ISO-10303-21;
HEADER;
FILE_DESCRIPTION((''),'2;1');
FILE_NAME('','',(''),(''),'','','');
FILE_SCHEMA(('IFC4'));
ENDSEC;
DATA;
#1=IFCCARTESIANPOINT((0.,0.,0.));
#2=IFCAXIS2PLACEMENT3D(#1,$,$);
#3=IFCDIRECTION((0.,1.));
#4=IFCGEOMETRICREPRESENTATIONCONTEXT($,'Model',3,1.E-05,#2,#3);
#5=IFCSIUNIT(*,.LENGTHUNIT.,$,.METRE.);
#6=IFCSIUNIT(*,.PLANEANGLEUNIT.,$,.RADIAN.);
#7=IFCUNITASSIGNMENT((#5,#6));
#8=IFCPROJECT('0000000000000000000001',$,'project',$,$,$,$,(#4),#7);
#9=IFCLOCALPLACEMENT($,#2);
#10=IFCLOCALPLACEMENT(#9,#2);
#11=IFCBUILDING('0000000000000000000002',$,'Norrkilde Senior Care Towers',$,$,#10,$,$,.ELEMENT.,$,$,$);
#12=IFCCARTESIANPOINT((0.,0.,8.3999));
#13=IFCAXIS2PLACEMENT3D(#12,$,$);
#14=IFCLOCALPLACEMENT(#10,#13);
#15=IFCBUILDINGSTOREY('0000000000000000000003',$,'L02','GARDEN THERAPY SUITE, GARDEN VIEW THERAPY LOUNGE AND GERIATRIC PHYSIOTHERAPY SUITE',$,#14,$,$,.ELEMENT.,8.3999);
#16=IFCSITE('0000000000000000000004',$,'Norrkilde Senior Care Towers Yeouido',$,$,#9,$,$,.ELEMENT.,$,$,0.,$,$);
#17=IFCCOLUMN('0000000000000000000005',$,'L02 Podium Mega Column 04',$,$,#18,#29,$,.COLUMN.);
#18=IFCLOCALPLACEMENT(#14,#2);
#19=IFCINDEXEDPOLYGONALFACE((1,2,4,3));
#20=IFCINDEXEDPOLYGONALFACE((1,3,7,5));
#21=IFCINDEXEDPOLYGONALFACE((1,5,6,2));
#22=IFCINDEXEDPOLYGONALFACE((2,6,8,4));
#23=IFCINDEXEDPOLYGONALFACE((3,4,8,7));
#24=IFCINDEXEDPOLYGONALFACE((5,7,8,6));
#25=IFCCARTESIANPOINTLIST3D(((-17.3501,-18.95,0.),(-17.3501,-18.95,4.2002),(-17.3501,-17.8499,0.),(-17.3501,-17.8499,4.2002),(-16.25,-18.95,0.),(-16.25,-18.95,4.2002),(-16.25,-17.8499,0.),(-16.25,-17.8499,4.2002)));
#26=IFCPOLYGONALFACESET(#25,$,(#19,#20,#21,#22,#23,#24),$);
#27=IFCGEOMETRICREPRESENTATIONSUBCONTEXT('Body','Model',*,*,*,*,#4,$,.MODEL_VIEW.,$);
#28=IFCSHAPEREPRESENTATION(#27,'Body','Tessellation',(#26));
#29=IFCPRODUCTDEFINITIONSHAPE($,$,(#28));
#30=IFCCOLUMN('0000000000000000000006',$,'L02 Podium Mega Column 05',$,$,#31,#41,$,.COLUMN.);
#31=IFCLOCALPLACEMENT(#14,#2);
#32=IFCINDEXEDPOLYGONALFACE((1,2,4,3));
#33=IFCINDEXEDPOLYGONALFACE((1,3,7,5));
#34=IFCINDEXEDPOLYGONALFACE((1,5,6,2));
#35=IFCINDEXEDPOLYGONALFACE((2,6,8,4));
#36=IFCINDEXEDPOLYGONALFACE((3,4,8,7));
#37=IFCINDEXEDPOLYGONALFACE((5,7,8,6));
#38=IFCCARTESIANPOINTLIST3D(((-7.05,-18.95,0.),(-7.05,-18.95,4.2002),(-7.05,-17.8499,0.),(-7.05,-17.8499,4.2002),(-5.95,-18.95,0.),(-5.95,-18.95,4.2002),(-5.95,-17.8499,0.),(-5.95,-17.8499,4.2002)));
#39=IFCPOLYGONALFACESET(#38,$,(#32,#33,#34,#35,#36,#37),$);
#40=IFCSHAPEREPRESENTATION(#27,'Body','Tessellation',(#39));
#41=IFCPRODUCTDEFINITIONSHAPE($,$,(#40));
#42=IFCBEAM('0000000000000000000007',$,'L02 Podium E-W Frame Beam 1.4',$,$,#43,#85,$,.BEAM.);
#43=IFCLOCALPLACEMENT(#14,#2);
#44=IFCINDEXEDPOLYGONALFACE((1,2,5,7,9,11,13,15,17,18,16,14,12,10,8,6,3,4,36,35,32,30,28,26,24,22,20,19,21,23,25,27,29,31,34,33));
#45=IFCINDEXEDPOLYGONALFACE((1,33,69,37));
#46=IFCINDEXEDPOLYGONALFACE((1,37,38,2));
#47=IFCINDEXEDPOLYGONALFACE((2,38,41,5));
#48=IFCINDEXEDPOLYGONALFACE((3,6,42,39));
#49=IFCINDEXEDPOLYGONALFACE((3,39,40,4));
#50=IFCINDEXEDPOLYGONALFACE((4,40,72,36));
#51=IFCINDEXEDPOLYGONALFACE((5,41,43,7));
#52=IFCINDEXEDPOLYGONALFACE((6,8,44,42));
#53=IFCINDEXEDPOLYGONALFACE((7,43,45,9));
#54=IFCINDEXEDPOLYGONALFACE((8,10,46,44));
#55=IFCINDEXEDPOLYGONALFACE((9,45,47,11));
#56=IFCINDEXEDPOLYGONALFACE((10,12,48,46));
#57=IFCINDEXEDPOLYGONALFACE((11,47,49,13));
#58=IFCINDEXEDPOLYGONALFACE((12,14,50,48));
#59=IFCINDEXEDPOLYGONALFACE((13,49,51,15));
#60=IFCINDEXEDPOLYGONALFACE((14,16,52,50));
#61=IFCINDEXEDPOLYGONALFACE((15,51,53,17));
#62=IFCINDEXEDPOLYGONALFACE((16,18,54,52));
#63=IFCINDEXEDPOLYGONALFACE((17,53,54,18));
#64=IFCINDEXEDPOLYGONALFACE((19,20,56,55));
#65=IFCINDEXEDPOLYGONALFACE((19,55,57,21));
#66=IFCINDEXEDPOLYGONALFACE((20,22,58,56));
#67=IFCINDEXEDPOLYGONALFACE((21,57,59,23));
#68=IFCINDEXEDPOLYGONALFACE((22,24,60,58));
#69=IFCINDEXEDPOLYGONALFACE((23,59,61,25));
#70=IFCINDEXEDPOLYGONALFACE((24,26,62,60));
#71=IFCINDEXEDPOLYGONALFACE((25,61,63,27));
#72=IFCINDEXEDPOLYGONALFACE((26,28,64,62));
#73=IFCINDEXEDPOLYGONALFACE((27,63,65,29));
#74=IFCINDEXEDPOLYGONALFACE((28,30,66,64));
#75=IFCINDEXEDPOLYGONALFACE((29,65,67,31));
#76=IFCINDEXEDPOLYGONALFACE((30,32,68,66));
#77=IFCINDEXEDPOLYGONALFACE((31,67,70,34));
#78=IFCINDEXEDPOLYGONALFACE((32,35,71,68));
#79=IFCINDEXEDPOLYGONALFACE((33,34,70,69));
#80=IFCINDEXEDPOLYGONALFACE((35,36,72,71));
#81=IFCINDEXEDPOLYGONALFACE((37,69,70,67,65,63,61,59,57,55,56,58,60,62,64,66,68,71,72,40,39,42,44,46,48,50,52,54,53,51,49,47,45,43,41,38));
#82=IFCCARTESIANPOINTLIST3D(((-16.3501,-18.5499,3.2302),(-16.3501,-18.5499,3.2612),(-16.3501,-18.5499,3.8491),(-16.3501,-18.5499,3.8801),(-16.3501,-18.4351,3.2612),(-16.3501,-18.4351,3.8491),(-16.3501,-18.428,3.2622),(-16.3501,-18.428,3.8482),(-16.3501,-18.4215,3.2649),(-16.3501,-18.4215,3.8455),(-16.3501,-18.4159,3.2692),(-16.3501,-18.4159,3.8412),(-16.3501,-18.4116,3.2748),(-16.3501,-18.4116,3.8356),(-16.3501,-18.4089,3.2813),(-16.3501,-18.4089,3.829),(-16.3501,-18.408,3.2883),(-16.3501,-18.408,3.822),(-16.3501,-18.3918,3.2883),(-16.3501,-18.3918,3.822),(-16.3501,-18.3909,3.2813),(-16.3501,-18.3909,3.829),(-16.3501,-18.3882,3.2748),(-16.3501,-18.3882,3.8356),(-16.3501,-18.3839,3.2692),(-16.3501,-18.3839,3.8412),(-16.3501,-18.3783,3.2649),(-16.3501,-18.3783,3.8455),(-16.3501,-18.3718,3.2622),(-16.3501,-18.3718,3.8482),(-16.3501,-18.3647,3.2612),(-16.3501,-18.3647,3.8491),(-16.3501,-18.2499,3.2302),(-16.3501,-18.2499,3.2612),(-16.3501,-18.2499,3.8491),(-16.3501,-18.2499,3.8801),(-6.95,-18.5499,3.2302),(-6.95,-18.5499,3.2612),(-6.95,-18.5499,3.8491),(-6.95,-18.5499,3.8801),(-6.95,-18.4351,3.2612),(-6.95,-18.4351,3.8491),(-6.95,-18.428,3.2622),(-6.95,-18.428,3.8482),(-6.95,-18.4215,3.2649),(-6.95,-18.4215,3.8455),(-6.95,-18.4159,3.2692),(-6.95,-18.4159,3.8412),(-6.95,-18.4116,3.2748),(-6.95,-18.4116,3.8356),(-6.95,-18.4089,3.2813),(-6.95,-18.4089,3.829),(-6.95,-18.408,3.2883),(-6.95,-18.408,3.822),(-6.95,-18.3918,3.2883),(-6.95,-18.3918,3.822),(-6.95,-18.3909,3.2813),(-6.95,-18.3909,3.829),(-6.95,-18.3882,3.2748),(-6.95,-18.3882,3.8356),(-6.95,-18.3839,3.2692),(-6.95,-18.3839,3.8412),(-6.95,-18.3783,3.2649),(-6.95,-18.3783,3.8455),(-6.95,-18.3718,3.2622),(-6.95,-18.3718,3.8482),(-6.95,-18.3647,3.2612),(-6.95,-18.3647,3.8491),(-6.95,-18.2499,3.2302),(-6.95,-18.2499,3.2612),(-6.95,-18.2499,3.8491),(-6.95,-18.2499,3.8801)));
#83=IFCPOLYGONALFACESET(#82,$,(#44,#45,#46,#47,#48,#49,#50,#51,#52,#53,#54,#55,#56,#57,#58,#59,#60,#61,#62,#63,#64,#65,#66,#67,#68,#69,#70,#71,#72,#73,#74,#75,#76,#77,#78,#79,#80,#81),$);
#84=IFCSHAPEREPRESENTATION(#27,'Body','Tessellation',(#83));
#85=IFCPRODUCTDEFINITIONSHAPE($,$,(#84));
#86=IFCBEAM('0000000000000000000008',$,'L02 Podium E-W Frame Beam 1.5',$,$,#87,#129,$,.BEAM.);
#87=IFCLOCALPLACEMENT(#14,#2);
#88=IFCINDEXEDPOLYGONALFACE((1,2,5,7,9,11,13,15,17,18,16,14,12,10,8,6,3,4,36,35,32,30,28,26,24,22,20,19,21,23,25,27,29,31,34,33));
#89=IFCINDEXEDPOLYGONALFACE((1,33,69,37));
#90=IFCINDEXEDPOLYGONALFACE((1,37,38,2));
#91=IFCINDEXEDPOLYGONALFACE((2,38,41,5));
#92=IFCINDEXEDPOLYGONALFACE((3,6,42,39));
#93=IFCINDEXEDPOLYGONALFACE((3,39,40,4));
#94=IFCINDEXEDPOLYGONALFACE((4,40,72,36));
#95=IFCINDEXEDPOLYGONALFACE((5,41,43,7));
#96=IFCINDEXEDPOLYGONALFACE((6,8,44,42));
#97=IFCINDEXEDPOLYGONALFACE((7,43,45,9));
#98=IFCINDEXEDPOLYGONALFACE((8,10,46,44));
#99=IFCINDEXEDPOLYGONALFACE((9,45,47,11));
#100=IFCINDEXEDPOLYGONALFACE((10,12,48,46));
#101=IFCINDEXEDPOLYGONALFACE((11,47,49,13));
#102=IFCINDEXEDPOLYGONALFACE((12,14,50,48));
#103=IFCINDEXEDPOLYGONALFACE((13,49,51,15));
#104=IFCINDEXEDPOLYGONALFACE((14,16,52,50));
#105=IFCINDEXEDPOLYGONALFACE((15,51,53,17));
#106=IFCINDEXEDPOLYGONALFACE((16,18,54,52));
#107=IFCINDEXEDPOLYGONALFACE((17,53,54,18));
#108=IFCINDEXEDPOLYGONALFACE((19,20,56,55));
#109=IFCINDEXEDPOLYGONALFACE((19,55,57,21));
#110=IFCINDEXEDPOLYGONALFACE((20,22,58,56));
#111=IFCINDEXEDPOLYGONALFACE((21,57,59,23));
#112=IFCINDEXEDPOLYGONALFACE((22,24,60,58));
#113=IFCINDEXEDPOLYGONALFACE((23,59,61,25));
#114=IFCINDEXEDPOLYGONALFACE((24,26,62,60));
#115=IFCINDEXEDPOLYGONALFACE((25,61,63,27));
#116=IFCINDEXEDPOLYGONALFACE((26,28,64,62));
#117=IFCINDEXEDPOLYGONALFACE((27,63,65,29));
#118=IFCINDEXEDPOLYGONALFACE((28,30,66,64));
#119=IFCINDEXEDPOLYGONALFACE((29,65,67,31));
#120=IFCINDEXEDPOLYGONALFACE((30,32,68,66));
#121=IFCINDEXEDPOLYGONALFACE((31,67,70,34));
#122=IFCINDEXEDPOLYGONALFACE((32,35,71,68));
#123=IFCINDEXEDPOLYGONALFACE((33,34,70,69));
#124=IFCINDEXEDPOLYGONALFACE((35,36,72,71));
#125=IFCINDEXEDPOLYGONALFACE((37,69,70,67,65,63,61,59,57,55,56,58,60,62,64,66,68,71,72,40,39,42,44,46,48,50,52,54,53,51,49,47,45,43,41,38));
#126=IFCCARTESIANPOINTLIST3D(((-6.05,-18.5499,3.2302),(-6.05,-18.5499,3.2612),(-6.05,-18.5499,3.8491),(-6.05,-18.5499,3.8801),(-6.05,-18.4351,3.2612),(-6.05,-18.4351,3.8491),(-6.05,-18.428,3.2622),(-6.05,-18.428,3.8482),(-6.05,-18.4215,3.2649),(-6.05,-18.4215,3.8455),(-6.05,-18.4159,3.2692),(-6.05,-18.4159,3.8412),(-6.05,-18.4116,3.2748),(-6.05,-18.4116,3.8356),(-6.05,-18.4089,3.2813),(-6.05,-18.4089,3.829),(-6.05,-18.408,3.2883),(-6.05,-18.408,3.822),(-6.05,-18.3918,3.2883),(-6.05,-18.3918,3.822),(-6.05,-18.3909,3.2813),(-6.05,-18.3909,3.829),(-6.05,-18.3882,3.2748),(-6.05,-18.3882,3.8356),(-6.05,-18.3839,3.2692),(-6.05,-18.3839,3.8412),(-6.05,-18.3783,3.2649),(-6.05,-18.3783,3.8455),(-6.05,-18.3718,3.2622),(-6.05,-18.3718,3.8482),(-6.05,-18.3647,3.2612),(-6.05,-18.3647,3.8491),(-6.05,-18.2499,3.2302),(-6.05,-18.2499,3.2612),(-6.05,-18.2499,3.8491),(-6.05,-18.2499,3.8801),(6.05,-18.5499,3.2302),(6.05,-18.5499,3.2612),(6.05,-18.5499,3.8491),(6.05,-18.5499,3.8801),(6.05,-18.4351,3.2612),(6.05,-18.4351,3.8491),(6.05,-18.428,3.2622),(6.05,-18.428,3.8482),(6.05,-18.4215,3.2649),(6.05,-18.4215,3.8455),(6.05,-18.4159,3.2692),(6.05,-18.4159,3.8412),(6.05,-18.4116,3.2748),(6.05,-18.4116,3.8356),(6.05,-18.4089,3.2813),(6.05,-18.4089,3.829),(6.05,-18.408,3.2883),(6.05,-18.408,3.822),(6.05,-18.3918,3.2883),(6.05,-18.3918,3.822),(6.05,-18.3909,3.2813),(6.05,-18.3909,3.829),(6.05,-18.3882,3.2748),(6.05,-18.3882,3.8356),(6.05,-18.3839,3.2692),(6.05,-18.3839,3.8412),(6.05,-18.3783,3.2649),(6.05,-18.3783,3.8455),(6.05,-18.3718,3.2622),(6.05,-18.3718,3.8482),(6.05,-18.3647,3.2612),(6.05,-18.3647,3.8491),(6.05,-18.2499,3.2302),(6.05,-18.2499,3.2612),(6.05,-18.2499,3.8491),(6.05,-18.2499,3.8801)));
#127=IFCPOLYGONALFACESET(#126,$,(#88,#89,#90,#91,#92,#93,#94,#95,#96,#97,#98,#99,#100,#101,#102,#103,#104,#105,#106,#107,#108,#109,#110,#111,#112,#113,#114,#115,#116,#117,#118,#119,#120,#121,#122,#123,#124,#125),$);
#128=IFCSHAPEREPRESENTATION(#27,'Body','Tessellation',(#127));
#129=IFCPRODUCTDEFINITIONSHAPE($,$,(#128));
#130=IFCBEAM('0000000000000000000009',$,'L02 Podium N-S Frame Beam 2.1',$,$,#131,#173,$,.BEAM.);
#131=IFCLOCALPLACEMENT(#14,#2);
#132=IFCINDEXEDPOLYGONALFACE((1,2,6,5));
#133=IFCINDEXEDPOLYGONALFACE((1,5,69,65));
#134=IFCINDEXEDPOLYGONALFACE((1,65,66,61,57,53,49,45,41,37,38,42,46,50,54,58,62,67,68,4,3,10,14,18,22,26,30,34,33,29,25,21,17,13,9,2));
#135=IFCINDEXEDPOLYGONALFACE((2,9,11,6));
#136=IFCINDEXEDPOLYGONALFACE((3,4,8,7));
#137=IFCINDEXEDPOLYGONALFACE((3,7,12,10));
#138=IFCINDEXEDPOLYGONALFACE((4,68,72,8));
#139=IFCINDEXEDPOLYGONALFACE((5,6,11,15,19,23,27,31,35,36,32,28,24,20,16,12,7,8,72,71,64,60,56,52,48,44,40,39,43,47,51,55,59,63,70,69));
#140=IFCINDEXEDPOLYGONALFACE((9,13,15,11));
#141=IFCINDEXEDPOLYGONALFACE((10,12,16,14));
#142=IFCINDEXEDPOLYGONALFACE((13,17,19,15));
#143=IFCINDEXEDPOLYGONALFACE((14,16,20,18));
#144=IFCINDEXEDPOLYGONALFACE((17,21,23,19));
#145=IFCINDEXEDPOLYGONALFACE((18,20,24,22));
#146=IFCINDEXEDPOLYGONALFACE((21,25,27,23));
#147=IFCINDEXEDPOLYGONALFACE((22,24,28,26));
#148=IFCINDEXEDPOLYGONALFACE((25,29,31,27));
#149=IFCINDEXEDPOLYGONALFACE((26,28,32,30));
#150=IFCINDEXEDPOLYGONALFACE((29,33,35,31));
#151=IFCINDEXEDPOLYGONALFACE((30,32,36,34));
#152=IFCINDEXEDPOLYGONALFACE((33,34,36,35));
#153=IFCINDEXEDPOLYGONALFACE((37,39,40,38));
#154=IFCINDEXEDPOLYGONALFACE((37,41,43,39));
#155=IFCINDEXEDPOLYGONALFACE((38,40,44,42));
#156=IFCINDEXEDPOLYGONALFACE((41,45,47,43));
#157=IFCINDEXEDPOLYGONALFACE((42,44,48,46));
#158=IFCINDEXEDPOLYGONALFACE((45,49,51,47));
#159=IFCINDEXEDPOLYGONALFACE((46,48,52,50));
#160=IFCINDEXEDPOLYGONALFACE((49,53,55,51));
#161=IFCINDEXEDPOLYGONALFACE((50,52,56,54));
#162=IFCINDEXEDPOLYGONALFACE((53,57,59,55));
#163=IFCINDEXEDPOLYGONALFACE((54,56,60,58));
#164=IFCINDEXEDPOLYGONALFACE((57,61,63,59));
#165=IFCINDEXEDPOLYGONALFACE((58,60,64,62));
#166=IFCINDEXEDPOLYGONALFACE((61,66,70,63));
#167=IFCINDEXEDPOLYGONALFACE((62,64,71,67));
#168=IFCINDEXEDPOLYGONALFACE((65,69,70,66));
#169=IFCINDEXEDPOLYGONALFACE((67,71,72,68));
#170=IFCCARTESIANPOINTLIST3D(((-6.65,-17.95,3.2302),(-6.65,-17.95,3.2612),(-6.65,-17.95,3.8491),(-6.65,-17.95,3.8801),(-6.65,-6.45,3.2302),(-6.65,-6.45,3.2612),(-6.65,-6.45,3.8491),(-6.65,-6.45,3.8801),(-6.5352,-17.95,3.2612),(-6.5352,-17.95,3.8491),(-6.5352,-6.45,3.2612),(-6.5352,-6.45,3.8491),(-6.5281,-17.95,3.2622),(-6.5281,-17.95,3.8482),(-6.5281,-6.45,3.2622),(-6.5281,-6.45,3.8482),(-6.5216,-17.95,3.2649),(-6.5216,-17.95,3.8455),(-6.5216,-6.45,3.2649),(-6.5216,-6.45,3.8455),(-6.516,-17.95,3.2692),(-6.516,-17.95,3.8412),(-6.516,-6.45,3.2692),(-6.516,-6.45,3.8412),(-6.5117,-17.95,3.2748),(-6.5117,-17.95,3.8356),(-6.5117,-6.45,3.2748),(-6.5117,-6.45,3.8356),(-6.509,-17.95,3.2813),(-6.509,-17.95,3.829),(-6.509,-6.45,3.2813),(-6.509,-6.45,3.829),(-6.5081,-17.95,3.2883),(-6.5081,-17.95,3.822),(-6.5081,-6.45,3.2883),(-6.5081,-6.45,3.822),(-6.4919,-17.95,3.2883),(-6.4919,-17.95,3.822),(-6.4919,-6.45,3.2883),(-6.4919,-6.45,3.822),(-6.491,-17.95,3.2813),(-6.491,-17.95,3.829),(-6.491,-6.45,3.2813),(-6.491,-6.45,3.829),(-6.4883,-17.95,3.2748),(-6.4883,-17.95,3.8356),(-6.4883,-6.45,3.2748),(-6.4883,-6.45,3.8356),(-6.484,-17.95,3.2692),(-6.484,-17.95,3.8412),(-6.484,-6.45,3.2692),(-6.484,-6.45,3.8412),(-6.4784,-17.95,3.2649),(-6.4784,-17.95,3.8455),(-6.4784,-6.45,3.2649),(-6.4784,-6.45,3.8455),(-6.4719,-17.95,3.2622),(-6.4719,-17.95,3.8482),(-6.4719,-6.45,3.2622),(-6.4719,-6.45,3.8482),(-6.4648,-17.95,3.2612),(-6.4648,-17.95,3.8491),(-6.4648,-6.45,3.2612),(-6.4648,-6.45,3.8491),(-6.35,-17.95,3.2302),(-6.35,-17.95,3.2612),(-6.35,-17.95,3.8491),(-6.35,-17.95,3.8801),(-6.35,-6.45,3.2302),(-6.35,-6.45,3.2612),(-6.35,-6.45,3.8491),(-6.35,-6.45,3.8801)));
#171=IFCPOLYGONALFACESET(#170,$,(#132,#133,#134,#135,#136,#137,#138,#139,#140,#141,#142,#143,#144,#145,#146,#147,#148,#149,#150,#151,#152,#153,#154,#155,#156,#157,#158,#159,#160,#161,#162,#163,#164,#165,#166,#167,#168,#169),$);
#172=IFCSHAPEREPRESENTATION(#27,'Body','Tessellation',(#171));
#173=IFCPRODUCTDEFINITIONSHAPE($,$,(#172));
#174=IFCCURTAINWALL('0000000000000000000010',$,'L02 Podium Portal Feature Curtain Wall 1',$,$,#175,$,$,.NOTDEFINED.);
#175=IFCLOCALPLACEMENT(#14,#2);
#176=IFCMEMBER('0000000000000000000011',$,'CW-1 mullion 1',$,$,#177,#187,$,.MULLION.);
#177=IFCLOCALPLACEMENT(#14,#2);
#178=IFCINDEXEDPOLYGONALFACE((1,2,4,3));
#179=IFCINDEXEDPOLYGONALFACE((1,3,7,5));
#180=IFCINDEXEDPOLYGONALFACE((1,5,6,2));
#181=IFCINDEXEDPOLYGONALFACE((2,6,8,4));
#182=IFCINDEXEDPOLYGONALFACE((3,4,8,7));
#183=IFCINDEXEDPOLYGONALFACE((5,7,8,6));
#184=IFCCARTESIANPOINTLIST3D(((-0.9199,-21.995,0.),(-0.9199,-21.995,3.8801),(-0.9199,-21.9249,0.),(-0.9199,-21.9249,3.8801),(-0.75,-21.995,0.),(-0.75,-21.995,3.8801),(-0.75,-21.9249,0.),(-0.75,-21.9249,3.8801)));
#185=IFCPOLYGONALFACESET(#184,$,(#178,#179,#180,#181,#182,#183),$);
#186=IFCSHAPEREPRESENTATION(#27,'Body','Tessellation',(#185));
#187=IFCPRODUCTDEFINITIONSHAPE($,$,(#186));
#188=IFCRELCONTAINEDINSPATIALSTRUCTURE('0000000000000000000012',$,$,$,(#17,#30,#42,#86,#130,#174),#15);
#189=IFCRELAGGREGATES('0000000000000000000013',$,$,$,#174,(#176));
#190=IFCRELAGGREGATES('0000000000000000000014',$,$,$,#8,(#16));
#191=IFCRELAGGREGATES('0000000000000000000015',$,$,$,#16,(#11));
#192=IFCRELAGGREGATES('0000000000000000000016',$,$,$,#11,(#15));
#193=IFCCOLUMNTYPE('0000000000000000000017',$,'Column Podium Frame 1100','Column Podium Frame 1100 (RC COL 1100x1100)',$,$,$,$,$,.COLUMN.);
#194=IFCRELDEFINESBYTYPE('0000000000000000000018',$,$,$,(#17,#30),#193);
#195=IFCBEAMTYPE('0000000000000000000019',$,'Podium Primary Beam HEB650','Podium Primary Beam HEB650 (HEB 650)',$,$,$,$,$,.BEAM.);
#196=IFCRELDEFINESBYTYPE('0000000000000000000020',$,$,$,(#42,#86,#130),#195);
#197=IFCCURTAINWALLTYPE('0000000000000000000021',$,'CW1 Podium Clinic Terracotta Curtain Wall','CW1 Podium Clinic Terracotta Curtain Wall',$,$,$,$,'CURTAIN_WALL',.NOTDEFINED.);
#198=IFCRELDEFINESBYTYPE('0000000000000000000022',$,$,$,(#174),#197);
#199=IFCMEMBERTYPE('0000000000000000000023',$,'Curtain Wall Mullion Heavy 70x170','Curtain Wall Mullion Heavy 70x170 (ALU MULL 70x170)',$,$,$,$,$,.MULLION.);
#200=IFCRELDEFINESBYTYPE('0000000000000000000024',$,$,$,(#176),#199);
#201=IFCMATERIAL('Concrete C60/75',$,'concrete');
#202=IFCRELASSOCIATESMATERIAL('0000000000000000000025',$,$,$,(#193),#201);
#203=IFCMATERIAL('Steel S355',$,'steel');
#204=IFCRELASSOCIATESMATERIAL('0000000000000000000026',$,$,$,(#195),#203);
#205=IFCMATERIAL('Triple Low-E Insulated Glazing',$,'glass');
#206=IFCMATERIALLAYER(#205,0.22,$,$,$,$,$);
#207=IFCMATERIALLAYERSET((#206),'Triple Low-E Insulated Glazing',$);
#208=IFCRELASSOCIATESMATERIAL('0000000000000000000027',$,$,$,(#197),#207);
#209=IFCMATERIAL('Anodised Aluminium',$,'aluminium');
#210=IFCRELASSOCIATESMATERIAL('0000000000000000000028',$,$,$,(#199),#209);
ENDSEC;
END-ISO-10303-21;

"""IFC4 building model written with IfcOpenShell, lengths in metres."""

from ifc_helpers import new_model, si_unit, direction, frame, origin, origin_2d, place, context, subcontext, project, spatial, rectangle, i_section, extrude, source, transform, mapped, material, layer, layer_set, material_profile, profile_set, type_object, type_shapes, element, aggregate, save


model = new_model("IFC4")

# Units and contexts
model_context = context("Model", 3, precision=1e-05, world=origin(), true_north=direction((0.0, 1.0)))
body_context = subcontext(model_context, "Body", "Model", "MODEL_VIEW")
ifc_project = project(units=[si_unit("LENGTHUNIT", "METRE"), si_unit("PLANEANGLEUNIT", "RADIAN")], contexts=[model_context])

# Site, building, storey
site_placement = place(None, origin())
site = spatial("IfcSite", under=ifc_project, at=site_placement, Name="Norrkilde Senior Care Towers Yeouido", CompositionType="ELEMENT", RefElevation=0.0)
building_placement = place(site_placement, origin())
building = spatial("IfcBuilding", under=site, at=building_placement, Name="Norrkilde Senior Care Towers", CompositionType="ELEMENT")
storey_placement = place(building_placement, frame((0.0, 0.0, 8.3999)))
storey = spatial("IfcBuildingStorey", under=building, at=storey_placement, Name="L02", Description="GARDEN THERAPY SUITE, GARDEN VIEW THERAPY LOUNGE AND GERIATRIC PHYSIOTHERAPY SUITE", CompositionType="ELEMENT", Elevation=8.3999)

# Columns
ifc_material_1 = material(Name="Concrete C60/75", Category="concrete")
ifc_material_profile_1 = material_profile(ifc_material_1, rectangle(XDim=1.1001, YDim=1.1001, at=origin_2d()), Name="RC COL 1100x1100")
ifc_profile_set_1 = profile_set([ifc_material_profile_1], Name="Concrete C60/75")
column_type = type_object("IfcColumnType", Name="Column Podium Frame 1100", Description="Column Podium Frame 1100 (RC COL 1100x1100)", PredefinedType="COLUMN", material=ifc_profile_set_1)
shared_shape_1 = source(origin(), body_context, "Body", "SweptSolid", [
    extrude(rectangle(XDim=1.1001, YDim=1.1001, at=origin_2d()), origin(), (0.0, 0.0, 1.0), 4.2002),
])
type_shapes(column_type, [shared_shape_1])
for number, where, z_axis, x_axis, name in (
    (1, (-16.8, -18.3999, 0.0), (0.0, 0.0, 1.0), (1.0, 0.0, 0.0), "L02 Podium Mega Column 04"),
    (2, (-6.5, -18.3999, 0.0), (0.0, 0.0, 1.0), (1.0, 0.0, 0.0), "L02 Podium Mega Column 05"),
):
    element("IfcColumn", number, at=place(storey_placement, frame(where, z_axis=z_axis, x_axis=x_axis)), inside=storey, type_object=column_type, Name=name, PredefinedType="COLUMN", context=body_context, shape_type="MappedRepresentation", body=[
        mapped(shared_shape_1, transform((0.0, 0.0, 0.0), x_axis=(1.0, 0.0, 0.0), y_axis=(0.0, 1.0, 0.0), z_axis=(0.0, 0.0, 1.0), scale=1.0)),
    ])

# Beams
ifc_material_2 = material(Name="Steel S355", Category="steel")
ifc_material_profile_2 = material_profile(ifc_material_2, i_section(OverallWidth=0.3, OverallDepth=0.6499, WebThickness=0.0161, FlangeThickness=0.031, FilletRadius=0.0271, at=origin_2d()), Name="HEB 650")
ifc_profile_set_2 = profile_set([ifc_material_profile_2], Name="Steel S355")
beam_type = type_object("IfcBeamType", Name="Podium Primary Beam HEB650", Description="Podium Primary Beam HEB650 (HEB 650)", PredefinedType="BEAM", material=ifc_profile_set_2)
shared_shape_2 = source(origin(), body_context, "Body", "SweptSolid", [
    extrude(i_section(OverallWidth=0.3, OverallDepth=0.6499, WebThickness=0.0161, FlangeThickness=0.031, FilletRadius=0.0271, at=origin_2d()), origin(), (0.0, 0.0, 1.0), 9.4001),
])
beam_1_placement = place(storey_placement, frame((-16.3501, -18.3999, 3.5552), z_axis=(1.0, 0.0, 0.0), x_axis=(0.0, 1.0, 0.0)))
element("IfcBeam", 3, at=beam_1_placement, inside=storey, type_object=beam_type, Name="L02 Podium E-W Frame Beam 1.4", PredefinedType="BEAM", context=body_context, shape_type="MappedRepresentation", body=[
    mapped(shared_shape_2, transform((0.0, 0.0, 0.0), x_axis=(1.0, 0.0, 0.0), y_axis=(0.0, 1.0, 0.0), z_axis=(0.0, 0.0, 1.0), scale=1.0)),
])
shared_shape_3 = source(origin(), body_context, "Body", "SweptSolid", [
    extrude(i_section(OverallWidth=0.3, OverallDepth=0.6499, WebThickness=0.0161, FlangeThickness=0.031, FilletRadius=0.0271, at=origin_2d()), origin(), (0.0, 0.0, 1.0), 12.1001),
])
beam_2_placement = place(storey_placement, frame((-6.05, -18.3999, 3.5552), z_axis=(1.0, 0.0, 0.0), x_axis=(0.0, 1.0, 0.0)))
element("IfcBeam", 4, at=beam_2_placement, inside=storey, type_object=beam_type, Name="L02 Podium E-W Frame Beam 1.5", PredefinedType="BEAM", context=body_context, shape_type="MappedRepresentation", body=[
    mapped(shared_shape_3, transform((0.0, 0.0, 0.0), x_axis=(1.0, 0.0, 0.0), y_axis=(0.0, 1.0, 0.0), z_axis=(0.0, 0.0, 1.0), scale=1.0)),
])
shared_shape_4 = source(origin(), body_context, "Body", "SweptSolid", [
    extrude(i_section(OverallWidth=0.3, OverallDepth=0.6499, WebThickness=0.0161, FlangeThickness=0.031, FilletRadius=0.0271, at=origin_2d()), origin(), (0.0, 0.0, 1.0), 11.5),
])
type_shapes(beam_type, [shared_shape_2, shared_shape_3, shared_shape_4])
beam_3_placement = place(storey_placement, frame((-6.5, -17.95, 3.5552), z_axis=(0.0, 1.0, 0.0), x_axis=(-1.0, 0.0, 0.0)))
element("IfcBeam", 5, at=beam_3_placement, inside=storey, type_object=beam_type, Name="L02 Podium N-S Frame Beam 2.1", PredefinedType="BEAM", context=body_context, shape_type="MappedRepresentation", body=[
    mapped(shared_shape_4, transform((0.0, 0.0, 0.0), x_axis=(1.0, 0.0, 0.0), y_axis=(0.0, 1.0, 0.0), z_axis=(0.0, 0.0, 1.0), scale=1.0)),
])

# Curtain wall, member
ifc_material_3 = material(Name="Triple Low-E Insulated Glazing", Category="glass")
ifc_layer_1 = layer(ifc_material_3, 0.22)
ifc_layer_set_1 = layer_set([ifc_layer_1], Name="Triple Low-E Insulated Glazing")
curtain_wall_type = type_object("IfcCurtainWallType", Name="CW1 Podium Clinic Terracotta Curtain Wall", Description="CW1 Podium Clinic Terracotta Curtain Wall", ElementType="CURTAIN_WALL", PredefinedType="NOTDEFINED", material=ifc_layer_set_1)
curtain_wall_placement = place(storey_placement, origin())
curtain_wall = element("IfcCurtainWall", 6, at=curtain_wall_placement, inside=storey, type_object=curtain_wall_type, Name="L02 Podium Portal Feature Curtain Wall 1", PredefinedType="NOTDEFINED")
ifc_material_4 = material(Name="Anodised Aluminium", Category="aluminium")
ifc_material_profile_3 = material_profile(ifc_material_4, rectangle(XDim=0.0701, YDim=0.1699, at=origin_2d()), Name="ALU MULL 70x170")
ifc_profile_set_3 = profile_set([ifc_material_profile_3], Name="Anodised Aluminium")
member_type_1 = type_object("IfcMemberType", Name="Curtain Wall Mullion Heavy 70x170", Description="Curtain Wall Mullion Heavy 70x170 (ALU MULL 70x170)", PredefinedType="MULLION", material=ifc_profile_set_3)
shared_shape_5 = source(origin(), body_context, "Body", "SweptSolid", [
    extrude(rectangle(XDim=0.0701, YDim=0.1699, at=origin_2d()), origin(), (0.0, 0.0, 1.0), 3.8801),
])
type_shapes(member_type_1, [shared_shape_5])
member_1_placement = place(storey_placement, frame((-0.835, -21.96, 0.0), z_axis=(0.0, 0.0, 1.0), x_axis=(0.0, -1.0, 0.0)))
member_1 = element("IfcMember", 7, at=member_1_placement, type_object=member_type_1, Name="CW-1 mullion 1", PredefinedType="MULLION", context=body_context, shape_type="MappedRepresentation", body=[
    mapped(shared_shape_5, transform((0.0, 0.0, 0.0), x_axis=(1.0, 0.0, 0.0), y_axis=(0.0, 1.0, 0.0), z_axis=(0.0, 0.0, 1.0), scale=1.0)),
])
aggregate(curtain_wall, [member_1])

save(model, "model.ifc")
